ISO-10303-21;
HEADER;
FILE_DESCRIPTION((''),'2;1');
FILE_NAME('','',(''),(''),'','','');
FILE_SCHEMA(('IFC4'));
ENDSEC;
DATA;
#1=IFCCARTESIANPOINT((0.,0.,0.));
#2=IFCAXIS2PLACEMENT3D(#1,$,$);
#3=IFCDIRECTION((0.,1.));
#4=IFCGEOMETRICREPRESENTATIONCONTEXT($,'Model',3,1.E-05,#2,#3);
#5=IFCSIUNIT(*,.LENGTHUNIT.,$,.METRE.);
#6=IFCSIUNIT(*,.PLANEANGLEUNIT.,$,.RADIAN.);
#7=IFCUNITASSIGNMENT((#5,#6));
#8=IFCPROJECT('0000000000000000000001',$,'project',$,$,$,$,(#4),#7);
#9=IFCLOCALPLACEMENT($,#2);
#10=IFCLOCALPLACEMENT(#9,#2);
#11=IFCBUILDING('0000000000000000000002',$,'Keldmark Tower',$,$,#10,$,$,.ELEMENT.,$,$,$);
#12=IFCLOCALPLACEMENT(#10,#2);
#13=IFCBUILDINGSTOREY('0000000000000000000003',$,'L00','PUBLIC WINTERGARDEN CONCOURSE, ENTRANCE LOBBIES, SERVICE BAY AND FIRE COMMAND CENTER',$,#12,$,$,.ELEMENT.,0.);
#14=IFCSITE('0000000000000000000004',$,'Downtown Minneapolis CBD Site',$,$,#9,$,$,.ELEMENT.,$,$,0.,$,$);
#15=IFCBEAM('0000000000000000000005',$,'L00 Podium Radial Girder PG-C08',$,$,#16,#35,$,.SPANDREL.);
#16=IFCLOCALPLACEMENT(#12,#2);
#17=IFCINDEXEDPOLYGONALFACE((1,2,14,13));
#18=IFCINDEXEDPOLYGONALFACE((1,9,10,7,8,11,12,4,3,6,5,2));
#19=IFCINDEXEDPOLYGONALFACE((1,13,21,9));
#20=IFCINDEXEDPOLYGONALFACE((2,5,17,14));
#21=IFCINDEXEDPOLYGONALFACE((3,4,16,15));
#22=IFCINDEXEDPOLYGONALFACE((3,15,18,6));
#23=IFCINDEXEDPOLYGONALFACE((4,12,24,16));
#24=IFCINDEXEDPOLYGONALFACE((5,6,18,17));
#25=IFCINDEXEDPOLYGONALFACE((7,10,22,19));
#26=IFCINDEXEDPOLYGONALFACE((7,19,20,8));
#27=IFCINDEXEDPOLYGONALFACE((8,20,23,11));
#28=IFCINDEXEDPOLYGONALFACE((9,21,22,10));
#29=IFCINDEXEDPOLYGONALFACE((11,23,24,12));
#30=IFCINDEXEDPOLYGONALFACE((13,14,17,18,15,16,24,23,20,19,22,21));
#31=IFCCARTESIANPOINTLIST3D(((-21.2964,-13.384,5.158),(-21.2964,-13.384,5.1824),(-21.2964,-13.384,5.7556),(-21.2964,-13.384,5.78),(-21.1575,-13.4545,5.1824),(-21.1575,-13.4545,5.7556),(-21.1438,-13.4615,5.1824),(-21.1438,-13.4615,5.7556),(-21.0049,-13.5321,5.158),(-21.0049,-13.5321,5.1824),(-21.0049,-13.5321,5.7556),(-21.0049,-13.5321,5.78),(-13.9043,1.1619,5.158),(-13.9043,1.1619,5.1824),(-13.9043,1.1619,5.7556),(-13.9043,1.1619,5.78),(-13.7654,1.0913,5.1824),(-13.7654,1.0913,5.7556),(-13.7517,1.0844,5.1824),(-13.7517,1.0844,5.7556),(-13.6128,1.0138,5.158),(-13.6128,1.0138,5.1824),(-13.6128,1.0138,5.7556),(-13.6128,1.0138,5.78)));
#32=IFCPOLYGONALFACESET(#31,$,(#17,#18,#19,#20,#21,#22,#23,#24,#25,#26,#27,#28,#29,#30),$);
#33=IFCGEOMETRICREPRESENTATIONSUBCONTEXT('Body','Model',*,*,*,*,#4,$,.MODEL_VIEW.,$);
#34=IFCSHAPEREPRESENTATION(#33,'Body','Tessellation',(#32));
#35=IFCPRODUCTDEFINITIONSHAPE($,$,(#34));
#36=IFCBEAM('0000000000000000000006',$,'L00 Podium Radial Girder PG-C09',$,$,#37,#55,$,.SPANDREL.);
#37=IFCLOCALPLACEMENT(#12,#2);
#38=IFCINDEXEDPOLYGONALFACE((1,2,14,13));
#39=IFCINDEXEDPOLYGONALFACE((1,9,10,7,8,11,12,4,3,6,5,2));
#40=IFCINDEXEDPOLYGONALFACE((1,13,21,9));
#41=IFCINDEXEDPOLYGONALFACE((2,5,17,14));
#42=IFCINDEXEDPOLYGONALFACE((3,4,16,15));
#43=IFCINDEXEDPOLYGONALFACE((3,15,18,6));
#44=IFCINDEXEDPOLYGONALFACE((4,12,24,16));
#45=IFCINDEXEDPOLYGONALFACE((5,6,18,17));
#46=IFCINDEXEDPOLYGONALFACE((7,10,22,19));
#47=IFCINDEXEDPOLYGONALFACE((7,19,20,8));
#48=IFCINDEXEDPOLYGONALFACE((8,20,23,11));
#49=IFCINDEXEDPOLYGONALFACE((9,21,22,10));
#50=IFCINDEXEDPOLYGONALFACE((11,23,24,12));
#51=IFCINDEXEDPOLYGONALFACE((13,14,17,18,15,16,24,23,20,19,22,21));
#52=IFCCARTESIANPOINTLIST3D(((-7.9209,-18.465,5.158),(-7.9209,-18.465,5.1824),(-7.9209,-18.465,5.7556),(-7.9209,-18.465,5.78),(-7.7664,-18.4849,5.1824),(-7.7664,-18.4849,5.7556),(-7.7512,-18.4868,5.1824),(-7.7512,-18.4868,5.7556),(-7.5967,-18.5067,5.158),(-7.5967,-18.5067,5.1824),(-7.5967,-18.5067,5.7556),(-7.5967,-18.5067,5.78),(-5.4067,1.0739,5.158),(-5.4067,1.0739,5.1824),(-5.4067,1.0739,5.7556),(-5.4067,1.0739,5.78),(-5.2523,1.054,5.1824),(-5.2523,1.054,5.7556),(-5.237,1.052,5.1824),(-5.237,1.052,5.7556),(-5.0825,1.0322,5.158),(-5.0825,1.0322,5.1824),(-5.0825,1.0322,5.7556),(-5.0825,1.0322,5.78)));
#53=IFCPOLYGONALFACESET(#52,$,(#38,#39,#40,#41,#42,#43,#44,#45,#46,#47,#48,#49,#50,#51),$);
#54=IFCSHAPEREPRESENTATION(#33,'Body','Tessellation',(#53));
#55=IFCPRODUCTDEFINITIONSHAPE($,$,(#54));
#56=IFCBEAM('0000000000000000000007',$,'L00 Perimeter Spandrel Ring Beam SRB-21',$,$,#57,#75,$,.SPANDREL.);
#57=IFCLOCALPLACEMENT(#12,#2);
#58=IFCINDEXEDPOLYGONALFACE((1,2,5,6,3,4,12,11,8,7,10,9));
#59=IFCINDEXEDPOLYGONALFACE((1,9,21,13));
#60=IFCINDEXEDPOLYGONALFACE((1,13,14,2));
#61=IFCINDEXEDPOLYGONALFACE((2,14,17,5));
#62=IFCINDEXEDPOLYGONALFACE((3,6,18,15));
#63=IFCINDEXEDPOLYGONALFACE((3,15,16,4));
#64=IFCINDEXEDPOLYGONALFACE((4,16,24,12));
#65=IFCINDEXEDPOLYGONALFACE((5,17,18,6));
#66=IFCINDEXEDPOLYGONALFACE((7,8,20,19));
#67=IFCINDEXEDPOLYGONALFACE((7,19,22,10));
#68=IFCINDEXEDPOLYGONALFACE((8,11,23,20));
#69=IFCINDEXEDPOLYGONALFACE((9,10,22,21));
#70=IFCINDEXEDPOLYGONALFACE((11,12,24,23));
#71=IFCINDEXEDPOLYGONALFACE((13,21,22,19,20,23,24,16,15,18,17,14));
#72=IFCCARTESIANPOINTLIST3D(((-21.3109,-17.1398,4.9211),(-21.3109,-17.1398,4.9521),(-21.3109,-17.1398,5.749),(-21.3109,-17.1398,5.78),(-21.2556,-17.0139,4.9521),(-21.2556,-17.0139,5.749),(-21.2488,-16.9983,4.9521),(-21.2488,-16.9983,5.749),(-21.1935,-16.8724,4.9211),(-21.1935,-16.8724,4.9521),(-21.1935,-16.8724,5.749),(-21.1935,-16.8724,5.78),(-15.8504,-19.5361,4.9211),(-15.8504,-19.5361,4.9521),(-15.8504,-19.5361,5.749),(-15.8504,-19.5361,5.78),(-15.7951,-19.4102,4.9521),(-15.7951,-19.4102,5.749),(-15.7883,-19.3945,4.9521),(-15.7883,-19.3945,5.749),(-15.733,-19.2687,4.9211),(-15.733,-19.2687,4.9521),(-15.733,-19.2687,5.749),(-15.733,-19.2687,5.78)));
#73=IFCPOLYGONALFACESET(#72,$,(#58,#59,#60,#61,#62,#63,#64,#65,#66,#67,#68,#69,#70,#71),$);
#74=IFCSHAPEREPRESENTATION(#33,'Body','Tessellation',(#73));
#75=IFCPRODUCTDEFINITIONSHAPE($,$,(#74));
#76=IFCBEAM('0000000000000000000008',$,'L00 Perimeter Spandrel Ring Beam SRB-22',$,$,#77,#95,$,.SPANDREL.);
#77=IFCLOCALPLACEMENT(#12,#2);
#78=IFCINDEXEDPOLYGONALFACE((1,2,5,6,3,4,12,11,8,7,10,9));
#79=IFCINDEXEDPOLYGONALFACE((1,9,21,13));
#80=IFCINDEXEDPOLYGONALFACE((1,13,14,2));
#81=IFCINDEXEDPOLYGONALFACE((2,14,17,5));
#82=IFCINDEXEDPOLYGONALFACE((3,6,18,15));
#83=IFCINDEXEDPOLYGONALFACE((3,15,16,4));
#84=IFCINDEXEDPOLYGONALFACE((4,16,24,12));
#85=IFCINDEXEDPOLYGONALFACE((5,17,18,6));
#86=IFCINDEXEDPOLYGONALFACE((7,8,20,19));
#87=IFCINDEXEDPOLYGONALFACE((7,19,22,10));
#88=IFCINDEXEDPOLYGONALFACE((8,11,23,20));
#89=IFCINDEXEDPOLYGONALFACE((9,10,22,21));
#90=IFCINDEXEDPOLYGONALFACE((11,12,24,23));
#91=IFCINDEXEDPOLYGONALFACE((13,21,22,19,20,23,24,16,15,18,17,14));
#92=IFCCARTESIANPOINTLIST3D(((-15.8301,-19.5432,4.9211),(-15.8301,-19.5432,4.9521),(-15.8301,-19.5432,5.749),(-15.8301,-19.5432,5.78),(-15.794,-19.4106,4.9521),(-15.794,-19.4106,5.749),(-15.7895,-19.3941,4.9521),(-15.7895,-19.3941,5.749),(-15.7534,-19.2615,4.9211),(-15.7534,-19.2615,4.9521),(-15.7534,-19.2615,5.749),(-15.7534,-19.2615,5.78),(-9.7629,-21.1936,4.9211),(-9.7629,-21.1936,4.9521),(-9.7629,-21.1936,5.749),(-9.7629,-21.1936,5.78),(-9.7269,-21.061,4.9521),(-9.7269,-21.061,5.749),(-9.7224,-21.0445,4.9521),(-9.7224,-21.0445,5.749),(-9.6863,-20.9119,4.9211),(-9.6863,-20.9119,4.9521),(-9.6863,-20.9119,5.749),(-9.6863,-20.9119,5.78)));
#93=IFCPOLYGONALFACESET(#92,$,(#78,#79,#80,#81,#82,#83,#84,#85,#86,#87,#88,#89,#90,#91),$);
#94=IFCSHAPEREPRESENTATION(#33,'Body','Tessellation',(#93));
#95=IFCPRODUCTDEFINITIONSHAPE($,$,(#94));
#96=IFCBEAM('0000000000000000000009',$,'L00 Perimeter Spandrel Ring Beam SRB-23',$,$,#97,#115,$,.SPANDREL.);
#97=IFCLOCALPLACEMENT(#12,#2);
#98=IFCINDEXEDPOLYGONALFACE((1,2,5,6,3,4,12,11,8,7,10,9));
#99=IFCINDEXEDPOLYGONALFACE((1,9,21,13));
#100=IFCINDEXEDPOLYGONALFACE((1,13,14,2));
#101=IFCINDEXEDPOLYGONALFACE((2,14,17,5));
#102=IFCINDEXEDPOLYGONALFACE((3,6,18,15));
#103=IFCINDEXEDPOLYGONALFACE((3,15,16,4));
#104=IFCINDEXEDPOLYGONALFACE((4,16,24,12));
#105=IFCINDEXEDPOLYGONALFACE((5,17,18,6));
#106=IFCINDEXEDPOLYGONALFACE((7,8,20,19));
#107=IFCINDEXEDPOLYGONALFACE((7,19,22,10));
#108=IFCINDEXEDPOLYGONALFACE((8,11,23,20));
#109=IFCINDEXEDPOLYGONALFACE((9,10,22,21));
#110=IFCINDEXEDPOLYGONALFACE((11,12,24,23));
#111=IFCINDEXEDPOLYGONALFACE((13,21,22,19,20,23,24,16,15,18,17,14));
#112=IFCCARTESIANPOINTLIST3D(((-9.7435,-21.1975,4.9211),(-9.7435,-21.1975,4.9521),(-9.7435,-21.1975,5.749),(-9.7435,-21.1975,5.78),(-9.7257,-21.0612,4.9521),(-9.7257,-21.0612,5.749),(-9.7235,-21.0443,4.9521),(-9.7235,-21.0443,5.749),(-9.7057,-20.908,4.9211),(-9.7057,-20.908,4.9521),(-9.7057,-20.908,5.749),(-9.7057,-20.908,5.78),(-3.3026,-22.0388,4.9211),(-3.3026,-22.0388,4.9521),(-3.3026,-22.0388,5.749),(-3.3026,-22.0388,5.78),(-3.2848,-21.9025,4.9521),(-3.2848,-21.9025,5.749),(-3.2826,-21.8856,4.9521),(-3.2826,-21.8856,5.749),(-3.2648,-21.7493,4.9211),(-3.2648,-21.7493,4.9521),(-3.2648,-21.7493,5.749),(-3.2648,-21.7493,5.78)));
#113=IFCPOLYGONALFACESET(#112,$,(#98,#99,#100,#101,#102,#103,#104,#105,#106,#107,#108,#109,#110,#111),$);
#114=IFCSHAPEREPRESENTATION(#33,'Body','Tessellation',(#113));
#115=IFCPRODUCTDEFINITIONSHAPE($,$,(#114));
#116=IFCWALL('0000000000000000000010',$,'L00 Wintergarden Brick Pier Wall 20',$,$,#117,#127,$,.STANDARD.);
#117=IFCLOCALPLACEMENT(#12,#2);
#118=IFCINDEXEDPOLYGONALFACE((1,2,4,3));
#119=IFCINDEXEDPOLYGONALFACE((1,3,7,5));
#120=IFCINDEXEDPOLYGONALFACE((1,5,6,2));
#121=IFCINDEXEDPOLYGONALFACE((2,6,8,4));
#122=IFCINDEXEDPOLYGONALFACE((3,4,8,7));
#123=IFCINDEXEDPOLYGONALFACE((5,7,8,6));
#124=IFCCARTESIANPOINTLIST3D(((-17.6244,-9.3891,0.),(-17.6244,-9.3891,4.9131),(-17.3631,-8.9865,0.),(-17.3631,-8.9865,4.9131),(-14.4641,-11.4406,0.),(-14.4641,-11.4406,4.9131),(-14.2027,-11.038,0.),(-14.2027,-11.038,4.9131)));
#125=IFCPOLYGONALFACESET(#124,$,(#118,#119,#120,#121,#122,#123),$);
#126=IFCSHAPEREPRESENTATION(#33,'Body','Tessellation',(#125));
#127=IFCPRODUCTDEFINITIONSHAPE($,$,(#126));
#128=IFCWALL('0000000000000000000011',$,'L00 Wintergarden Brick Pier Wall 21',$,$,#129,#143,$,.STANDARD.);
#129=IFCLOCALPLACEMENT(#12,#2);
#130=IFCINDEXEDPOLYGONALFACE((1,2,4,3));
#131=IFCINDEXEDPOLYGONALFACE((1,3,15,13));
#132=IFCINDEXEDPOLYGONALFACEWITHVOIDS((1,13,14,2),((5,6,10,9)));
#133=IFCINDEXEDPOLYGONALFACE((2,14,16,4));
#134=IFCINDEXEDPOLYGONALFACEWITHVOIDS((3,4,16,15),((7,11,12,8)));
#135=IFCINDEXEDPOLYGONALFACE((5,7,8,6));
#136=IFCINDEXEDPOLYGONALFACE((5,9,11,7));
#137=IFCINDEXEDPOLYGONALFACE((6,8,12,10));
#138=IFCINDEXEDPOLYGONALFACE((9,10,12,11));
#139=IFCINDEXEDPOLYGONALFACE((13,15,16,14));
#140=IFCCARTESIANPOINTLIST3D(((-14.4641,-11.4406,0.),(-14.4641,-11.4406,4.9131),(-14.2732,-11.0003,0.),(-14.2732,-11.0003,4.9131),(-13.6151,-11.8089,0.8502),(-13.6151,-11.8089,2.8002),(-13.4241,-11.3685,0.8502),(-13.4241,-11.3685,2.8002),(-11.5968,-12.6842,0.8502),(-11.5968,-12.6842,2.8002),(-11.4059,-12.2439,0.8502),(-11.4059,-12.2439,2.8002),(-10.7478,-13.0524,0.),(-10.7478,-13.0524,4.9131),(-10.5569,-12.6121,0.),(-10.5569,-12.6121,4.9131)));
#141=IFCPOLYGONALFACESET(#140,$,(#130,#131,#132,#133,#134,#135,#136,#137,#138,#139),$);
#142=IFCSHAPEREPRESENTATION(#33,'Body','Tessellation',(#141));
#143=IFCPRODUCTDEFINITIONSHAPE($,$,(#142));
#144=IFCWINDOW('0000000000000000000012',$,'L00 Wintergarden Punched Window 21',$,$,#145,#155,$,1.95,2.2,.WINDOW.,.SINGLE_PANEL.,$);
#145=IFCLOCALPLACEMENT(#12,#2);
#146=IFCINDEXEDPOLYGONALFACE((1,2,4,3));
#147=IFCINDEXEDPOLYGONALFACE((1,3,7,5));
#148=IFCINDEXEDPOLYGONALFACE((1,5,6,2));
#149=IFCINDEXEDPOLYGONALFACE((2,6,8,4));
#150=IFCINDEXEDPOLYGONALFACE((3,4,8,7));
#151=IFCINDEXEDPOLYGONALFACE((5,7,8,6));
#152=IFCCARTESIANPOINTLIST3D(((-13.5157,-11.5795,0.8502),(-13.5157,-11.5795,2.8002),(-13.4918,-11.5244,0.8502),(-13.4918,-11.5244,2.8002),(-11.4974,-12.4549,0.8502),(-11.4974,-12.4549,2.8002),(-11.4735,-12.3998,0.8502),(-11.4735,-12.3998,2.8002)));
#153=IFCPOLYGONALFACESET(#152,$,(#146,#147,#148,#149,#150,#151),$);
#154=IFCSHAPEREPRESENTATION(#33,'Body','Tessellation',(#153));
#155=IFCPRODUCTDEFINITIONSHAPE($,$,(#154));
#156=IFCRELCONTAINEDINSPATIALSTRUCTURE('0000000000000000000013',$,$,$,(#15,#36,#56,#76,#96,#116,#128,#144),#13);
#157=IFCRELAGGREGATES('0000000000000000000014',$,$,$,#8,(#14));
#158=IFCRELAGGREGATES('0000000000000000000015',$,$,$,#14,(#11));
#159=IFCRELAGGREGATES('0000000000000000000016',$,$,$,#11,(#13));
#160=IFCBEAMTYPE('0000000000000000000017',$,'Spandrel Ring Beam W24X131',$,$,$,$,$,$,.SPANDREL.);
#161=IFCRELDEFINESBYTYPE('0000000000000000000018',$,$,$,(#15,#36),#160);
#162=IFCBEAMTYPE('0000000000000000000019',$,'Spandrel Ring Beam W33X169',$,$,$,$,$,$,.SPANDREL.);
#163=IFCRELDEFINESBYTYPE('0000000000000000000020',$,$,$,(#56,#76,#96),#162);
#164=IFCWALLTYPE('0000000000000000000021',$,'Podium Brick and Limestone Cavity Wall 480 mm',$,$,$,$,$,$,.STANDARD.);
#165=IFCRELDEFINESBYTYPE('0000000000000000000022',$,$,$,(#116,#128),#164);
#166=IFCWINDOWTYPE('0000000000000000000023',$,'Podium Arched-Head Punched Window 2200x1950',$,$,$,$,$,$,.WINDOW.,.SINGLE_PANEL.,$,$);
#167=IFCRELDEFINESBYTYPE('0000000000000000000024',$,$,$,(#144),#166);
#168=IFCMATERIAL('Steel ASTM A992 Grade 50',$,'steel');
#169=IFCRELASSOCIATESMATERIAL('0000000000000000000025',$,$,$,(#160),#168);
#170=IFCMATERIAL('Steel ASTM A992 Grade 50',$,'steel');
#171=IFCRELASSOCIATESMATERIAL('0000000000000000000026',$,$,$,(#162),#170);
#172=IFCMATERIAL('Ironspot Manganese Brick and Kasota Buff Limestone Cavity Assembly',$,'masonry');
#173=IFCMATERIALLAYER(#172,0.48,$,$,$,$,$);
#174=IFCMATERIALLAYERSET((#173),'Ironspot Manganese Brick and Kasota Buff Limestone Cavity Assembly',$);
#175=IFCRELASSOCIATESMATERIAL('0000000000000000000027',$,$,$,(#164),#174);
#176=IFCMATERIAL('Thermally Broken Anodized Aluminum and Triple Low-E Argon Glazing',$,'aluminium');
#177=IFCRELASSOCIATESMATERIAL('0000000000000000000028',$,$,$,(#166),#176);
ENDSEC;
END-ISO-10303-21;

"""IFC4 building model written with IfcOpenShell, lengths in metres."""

from ifc_helpers import new_model, si_unit, direction, frame, frame_2d, origin, origin_2d, place, context, subcontext, project, spatial, rectangle, i_section, extrude, material, layer, layer_set, material_profile, profile_set, type_object, element, fill, save


model = new_model("IFC4")

# Units and contexts
model_context = context("Model", 3, precision=1e-05, world=origin(), true_north=direction((0.0, 1.0)))
body_context = subcontext(model_context, "Body", "Model", "MODEL_VIEW")
ifc_project = project(units=[si_unit("LENGTHUNIT", "METRE"), si_unit("PLANEANGLEUNIT", "RADIAN")], contexts=[model_context])

# Site, building, storey
site_placement = place(None, origin())
site = spatial("IfcSite", under=ifc_project, at=site_placement, Name="Downtown Minneapolis CBD Site", CompositionType="ELEMENT", RefElevation=0.0)
building_placement = place(site_placement, origin())
building = spatial("IfcBuilding", under=site, at=building_placement, Name="Keldmark Tower", CompositionType="ELEMENT")
storey_placement = place(building_placement, origin())
storey = spatial("IfcBuildingStorey", under=building, at=storey_placement, Name="L00", Description="PUBLIC WINTERGARDEN CONCOURSE, ENTRANCE LOBBIES, SERVICE BAY AND FIRE COMMAND CENTER", CompositionType="ELEMENT", Elevation=0.0)

# Beams
ifc_material_1 = material(Name="Steel ASTM A992 Grade 50", Category="steel")
ifc_material_profile_1 = material_profile(ifc_material_1, i_section(OverallWidth=0.3269, OverallDepth=0.6221, WebThickness=0.0154, FlangeThickness=0.0244, at=origin_2d()), Name="W24X131")
ifc_profile_set_1 = profile_set([ifc_material_profile_1], Name="Steel ASTM A992 Grade 50")
beam_type_1 = type_object("IfcBeamType", Name="Spandrel Ring Beam W24X131", PredefinedType="SPANDREL", material=ifc_profile_set_1)
beam_1_placement = place(storey_placement, frame((-21.1506, -13.458, 5.469), z_axis=(0.453046, 0.891487, 0.0), x_axis=(-0.891487, 0.453046, 0.0)))
element("IfcBeam", 1, at=beam_1_placement, inside=storey, type_object=beam_type_1, Name="L00 Podium Radial Girder PG-C08", PredefinedType="SPANDREL", context=body_context, shape_type="SweptSolid", body=[
    extrude(i_section(OverallWidth=0.3269, OverallDepth=0.6221, WebThickness=0.0154, FlangeThickness=0.0244, at=origin_2d()), origin(), (0.0, 0.0, 1.0), 16.3164),
])
beam_2_placement = place(storey_placement, frame((-7.7588, -18.4858, 5.469), z_axis=(0.127623, 0.991823, 0.0), x_axis=(-0.991823, 0.127623, 0.0)))
element("IfcBeam", 2, at=beam_2_placement, inside=storey, type_object=beam_type_1, Name="L00 Podium Radial Girder PG-C09", PredefinedType="SPANDREL", context=body_context, shape_type="SweptSolid", body=[
    extrude(i_section(OverallWidth=0.3269, OverallDepth=0.6221, WebThickness=0.0154, FlangeThickness=0.0244, at=origin_2d()), origin(), (0.0, 0.0, 1.0), 19.7),
])
ifc_material_2 = material(Name="Steel ASTM A992 Grade 50", Category="steel")
ifc_material_profile_2 = material_profile(ifc_material_2, i_section(OverallWidth=0.292, OverallDepth=0.8589, WebThickness=0.0171, FlangeThickness=0.031, at=origin_2d()), Name="W33X169")
ifc_profile_set_2 = profile_set([ifc_material_profile_2], Name="Steel ASTM A992 Grade 50")
beam_type_2 = type_object("IfcBeamType", Name="Spandrel Ring Beam W33X169", PredefinedType="SPANDREL", material=ifc_profile_set_2)
beam_3_placement = place(storey_placement, frame((-21.2522, -17.0061, 5.3506), z_axis=(0.915708, -0.401845, 0.0), x_axis=(0.401845, 0.915708, 0.0)))
element("IfcBeam", 3, at=beam_3_placement, inside=storey, type_object=beam_type_2, Name="L00 Perimeter Spandrel Ring Beam SRB-21", PredefinedType="SPANDREL", context=body_context, shape_type="SweptSolid", body=[
    extrude(i_section(OverallWidth=0.292, OverallDepth=0.8589, WebThickness=0.0171, FlangeThickness=0.031, at=origin_2d()), origin(), (0.0, 0.0, 1.0), 5.9631),
])
beam_4_placement = place(storey_placement, frame((-15.7917, -19.4023, 5.3506), z_axis=(0.964937, -0.262483, 0.0), x_axis=(0.262483, 0.964937, 0.0)))
element("IfcBeam", 4, at=beam_4_placement, inside=storey, type_object=beam_type_2, Name="L00 Perimeter Spandrel Ring Beam SRB-22", PredefinedType="SPANDREL", context=body_context, shape_type="SweptSolid", body=[
    extrude(i_section(OverallWidth=0.292, OverallDepth=0.8589, WebThickness=0.0171, FlangeThickness=0.031, at=origin_2d()), origin(), (0.0, 0.0, 1.0), 6.2876),
])
beam_5_placement = place(storey_placement, frame((-9.7246, -21.0527, 5.3506), z_axis=(0.991577, -0.129519, 0.0), x_axis=(0.129519, 0.991577, 0.0)))
element("IfcBeam", 5, at=beam_5_placement, inside=storey, type_object=beam_type_2, Name="L00 Perimeter Spandrel Ring Beam SRB-23", PredefinedType="SPANDREL", context=body_context, shape_type="SweptSolid", body=[
    extrude(i_section(OverallWidth=0.292, OverallDepth=0.8589, WebThickness=0.0171, FlangeThickness=0.031, at=origin_2d()), origin(), (0.0, 0.0, 1.0), 6.4956),
])

# Wall
ifc_material_3 = material(Name="Ironspot Manganese Brick and Kasota Buff Limestone Cavity Assembly", Category="masonry")
ifc_layer_1 = layer(ifc_material_3, 0.48)
ifc_layer_set_1 = layer_set([ifc_layer_1], Name="Ironspot Manganese Brick and Kasota Buff Limestone Cavity Assembly")
wall_type_1 = type_object("IfcWallType", Name="Podium Brick and Limestone Cavity Wall 480 mm", PredefinedType="STANDARD", material=ifc_layer_set_1)
wall_1_placement = place(storey_placement, frame((-14.3335, -11.2393, 0.0), z_axis=(0.0, 0.0, 1.0), x_axis=(-0.838777, 0.544476, 0.0)))
element("IfcWall", 6, at=wall_1_placement, inside=storey, type_object=wall_type_1, Name="L00 Wintergarden Brick Pier Wall 20", PredefinedType="STANDARD", context=body_context, shape_type="SweptSolid", body=[
    extrude(rectangle(XDim=3.7678, YDim=0.48, at=frame_2d((1.8838, 0.0))), origin(), (0.0, 0.0, 1.0), 4.9131),
])

# Wall, opening, window
wall_2_placement = place(storey_placement, frame((-10.6523, -12.8323, 0.0), z_axis=(0.0, 0.0, 1.0), x_axis=(-0.917428, 0.397902, 0.0)))
wall_2 = element("IfcWall", 7, at=wall_2_placement, inside=storey, type_object=wall_type_1, Name="L00 Wintergarden Brick Pier Wall 21", PredefinedType="STANDARD", context=body_context, shape_type="SweptSolid", body=[
    extrude(rectangle(XDim=4.0508, YDim=0.48, at=frame_2d((2.0254, 0.0))), origin(), (0.0, 0.0, 1.0), 4.9131),
])
opening_1_placement = place(wall_2_placement, frame((0.9253, 0.0, 0.8501)))
opening_1 = element("IfcOpeningElement", 8, at=opening_1_placement, cuts=wall_2, PredefinedType="OPENING", context=body_context, shape_type="SweptSolid", body=[
    extrude(rectangle(XDim=2.2, YDim=1.95, at=frame_2d((1.1001, 0.9751))), frame((0.0, 0.25, 0.0), z_axis=(0.0, -1.0, 0.0), x_axis=(1.0, 0.0, 0.0)), (0.0, 0.0, 1.0), 0.5),
])
ifc_material_4 = material(Name="Thermally Broken Anodized Aluminum and Triple Low-E Argon Glazing", Category="aluminium")
window_type = type_object("IfcWindowType", Name="Podium Arched-Head Punched Window 2200x1950", PartitioningType="SINGLE_PANEL", PredefinedType="WINDOW", material=ifc_material_4)
window_placement = place(opening_1_placement, origin())
window = element("IfcWindow", 9, at=window_placement, inside=storey, type_object=window_type, Name="L00 Wintergarden Punched Window 21", OverallHeight=1.95, OverallWidth=2.2, PartitioningType="SINGLE_PANEL", PredefinedType="WINDOW", context=body_context, shape_type="SweptSolid", body=[
    extrude(rectangle(XDim=2.2, YDim=1.95, at=frame_2d((1.1001, 0.9751))), frame((0.0, -0.01, 0.0), z_axis=(0.0, -1.0, 0.0), x_axis=(1.0, 0.0, 0.0)), (0.0, 0.0, 1.0), 0.0601),
])
fill(opening_1, window)

save(model, "model.ifc")
